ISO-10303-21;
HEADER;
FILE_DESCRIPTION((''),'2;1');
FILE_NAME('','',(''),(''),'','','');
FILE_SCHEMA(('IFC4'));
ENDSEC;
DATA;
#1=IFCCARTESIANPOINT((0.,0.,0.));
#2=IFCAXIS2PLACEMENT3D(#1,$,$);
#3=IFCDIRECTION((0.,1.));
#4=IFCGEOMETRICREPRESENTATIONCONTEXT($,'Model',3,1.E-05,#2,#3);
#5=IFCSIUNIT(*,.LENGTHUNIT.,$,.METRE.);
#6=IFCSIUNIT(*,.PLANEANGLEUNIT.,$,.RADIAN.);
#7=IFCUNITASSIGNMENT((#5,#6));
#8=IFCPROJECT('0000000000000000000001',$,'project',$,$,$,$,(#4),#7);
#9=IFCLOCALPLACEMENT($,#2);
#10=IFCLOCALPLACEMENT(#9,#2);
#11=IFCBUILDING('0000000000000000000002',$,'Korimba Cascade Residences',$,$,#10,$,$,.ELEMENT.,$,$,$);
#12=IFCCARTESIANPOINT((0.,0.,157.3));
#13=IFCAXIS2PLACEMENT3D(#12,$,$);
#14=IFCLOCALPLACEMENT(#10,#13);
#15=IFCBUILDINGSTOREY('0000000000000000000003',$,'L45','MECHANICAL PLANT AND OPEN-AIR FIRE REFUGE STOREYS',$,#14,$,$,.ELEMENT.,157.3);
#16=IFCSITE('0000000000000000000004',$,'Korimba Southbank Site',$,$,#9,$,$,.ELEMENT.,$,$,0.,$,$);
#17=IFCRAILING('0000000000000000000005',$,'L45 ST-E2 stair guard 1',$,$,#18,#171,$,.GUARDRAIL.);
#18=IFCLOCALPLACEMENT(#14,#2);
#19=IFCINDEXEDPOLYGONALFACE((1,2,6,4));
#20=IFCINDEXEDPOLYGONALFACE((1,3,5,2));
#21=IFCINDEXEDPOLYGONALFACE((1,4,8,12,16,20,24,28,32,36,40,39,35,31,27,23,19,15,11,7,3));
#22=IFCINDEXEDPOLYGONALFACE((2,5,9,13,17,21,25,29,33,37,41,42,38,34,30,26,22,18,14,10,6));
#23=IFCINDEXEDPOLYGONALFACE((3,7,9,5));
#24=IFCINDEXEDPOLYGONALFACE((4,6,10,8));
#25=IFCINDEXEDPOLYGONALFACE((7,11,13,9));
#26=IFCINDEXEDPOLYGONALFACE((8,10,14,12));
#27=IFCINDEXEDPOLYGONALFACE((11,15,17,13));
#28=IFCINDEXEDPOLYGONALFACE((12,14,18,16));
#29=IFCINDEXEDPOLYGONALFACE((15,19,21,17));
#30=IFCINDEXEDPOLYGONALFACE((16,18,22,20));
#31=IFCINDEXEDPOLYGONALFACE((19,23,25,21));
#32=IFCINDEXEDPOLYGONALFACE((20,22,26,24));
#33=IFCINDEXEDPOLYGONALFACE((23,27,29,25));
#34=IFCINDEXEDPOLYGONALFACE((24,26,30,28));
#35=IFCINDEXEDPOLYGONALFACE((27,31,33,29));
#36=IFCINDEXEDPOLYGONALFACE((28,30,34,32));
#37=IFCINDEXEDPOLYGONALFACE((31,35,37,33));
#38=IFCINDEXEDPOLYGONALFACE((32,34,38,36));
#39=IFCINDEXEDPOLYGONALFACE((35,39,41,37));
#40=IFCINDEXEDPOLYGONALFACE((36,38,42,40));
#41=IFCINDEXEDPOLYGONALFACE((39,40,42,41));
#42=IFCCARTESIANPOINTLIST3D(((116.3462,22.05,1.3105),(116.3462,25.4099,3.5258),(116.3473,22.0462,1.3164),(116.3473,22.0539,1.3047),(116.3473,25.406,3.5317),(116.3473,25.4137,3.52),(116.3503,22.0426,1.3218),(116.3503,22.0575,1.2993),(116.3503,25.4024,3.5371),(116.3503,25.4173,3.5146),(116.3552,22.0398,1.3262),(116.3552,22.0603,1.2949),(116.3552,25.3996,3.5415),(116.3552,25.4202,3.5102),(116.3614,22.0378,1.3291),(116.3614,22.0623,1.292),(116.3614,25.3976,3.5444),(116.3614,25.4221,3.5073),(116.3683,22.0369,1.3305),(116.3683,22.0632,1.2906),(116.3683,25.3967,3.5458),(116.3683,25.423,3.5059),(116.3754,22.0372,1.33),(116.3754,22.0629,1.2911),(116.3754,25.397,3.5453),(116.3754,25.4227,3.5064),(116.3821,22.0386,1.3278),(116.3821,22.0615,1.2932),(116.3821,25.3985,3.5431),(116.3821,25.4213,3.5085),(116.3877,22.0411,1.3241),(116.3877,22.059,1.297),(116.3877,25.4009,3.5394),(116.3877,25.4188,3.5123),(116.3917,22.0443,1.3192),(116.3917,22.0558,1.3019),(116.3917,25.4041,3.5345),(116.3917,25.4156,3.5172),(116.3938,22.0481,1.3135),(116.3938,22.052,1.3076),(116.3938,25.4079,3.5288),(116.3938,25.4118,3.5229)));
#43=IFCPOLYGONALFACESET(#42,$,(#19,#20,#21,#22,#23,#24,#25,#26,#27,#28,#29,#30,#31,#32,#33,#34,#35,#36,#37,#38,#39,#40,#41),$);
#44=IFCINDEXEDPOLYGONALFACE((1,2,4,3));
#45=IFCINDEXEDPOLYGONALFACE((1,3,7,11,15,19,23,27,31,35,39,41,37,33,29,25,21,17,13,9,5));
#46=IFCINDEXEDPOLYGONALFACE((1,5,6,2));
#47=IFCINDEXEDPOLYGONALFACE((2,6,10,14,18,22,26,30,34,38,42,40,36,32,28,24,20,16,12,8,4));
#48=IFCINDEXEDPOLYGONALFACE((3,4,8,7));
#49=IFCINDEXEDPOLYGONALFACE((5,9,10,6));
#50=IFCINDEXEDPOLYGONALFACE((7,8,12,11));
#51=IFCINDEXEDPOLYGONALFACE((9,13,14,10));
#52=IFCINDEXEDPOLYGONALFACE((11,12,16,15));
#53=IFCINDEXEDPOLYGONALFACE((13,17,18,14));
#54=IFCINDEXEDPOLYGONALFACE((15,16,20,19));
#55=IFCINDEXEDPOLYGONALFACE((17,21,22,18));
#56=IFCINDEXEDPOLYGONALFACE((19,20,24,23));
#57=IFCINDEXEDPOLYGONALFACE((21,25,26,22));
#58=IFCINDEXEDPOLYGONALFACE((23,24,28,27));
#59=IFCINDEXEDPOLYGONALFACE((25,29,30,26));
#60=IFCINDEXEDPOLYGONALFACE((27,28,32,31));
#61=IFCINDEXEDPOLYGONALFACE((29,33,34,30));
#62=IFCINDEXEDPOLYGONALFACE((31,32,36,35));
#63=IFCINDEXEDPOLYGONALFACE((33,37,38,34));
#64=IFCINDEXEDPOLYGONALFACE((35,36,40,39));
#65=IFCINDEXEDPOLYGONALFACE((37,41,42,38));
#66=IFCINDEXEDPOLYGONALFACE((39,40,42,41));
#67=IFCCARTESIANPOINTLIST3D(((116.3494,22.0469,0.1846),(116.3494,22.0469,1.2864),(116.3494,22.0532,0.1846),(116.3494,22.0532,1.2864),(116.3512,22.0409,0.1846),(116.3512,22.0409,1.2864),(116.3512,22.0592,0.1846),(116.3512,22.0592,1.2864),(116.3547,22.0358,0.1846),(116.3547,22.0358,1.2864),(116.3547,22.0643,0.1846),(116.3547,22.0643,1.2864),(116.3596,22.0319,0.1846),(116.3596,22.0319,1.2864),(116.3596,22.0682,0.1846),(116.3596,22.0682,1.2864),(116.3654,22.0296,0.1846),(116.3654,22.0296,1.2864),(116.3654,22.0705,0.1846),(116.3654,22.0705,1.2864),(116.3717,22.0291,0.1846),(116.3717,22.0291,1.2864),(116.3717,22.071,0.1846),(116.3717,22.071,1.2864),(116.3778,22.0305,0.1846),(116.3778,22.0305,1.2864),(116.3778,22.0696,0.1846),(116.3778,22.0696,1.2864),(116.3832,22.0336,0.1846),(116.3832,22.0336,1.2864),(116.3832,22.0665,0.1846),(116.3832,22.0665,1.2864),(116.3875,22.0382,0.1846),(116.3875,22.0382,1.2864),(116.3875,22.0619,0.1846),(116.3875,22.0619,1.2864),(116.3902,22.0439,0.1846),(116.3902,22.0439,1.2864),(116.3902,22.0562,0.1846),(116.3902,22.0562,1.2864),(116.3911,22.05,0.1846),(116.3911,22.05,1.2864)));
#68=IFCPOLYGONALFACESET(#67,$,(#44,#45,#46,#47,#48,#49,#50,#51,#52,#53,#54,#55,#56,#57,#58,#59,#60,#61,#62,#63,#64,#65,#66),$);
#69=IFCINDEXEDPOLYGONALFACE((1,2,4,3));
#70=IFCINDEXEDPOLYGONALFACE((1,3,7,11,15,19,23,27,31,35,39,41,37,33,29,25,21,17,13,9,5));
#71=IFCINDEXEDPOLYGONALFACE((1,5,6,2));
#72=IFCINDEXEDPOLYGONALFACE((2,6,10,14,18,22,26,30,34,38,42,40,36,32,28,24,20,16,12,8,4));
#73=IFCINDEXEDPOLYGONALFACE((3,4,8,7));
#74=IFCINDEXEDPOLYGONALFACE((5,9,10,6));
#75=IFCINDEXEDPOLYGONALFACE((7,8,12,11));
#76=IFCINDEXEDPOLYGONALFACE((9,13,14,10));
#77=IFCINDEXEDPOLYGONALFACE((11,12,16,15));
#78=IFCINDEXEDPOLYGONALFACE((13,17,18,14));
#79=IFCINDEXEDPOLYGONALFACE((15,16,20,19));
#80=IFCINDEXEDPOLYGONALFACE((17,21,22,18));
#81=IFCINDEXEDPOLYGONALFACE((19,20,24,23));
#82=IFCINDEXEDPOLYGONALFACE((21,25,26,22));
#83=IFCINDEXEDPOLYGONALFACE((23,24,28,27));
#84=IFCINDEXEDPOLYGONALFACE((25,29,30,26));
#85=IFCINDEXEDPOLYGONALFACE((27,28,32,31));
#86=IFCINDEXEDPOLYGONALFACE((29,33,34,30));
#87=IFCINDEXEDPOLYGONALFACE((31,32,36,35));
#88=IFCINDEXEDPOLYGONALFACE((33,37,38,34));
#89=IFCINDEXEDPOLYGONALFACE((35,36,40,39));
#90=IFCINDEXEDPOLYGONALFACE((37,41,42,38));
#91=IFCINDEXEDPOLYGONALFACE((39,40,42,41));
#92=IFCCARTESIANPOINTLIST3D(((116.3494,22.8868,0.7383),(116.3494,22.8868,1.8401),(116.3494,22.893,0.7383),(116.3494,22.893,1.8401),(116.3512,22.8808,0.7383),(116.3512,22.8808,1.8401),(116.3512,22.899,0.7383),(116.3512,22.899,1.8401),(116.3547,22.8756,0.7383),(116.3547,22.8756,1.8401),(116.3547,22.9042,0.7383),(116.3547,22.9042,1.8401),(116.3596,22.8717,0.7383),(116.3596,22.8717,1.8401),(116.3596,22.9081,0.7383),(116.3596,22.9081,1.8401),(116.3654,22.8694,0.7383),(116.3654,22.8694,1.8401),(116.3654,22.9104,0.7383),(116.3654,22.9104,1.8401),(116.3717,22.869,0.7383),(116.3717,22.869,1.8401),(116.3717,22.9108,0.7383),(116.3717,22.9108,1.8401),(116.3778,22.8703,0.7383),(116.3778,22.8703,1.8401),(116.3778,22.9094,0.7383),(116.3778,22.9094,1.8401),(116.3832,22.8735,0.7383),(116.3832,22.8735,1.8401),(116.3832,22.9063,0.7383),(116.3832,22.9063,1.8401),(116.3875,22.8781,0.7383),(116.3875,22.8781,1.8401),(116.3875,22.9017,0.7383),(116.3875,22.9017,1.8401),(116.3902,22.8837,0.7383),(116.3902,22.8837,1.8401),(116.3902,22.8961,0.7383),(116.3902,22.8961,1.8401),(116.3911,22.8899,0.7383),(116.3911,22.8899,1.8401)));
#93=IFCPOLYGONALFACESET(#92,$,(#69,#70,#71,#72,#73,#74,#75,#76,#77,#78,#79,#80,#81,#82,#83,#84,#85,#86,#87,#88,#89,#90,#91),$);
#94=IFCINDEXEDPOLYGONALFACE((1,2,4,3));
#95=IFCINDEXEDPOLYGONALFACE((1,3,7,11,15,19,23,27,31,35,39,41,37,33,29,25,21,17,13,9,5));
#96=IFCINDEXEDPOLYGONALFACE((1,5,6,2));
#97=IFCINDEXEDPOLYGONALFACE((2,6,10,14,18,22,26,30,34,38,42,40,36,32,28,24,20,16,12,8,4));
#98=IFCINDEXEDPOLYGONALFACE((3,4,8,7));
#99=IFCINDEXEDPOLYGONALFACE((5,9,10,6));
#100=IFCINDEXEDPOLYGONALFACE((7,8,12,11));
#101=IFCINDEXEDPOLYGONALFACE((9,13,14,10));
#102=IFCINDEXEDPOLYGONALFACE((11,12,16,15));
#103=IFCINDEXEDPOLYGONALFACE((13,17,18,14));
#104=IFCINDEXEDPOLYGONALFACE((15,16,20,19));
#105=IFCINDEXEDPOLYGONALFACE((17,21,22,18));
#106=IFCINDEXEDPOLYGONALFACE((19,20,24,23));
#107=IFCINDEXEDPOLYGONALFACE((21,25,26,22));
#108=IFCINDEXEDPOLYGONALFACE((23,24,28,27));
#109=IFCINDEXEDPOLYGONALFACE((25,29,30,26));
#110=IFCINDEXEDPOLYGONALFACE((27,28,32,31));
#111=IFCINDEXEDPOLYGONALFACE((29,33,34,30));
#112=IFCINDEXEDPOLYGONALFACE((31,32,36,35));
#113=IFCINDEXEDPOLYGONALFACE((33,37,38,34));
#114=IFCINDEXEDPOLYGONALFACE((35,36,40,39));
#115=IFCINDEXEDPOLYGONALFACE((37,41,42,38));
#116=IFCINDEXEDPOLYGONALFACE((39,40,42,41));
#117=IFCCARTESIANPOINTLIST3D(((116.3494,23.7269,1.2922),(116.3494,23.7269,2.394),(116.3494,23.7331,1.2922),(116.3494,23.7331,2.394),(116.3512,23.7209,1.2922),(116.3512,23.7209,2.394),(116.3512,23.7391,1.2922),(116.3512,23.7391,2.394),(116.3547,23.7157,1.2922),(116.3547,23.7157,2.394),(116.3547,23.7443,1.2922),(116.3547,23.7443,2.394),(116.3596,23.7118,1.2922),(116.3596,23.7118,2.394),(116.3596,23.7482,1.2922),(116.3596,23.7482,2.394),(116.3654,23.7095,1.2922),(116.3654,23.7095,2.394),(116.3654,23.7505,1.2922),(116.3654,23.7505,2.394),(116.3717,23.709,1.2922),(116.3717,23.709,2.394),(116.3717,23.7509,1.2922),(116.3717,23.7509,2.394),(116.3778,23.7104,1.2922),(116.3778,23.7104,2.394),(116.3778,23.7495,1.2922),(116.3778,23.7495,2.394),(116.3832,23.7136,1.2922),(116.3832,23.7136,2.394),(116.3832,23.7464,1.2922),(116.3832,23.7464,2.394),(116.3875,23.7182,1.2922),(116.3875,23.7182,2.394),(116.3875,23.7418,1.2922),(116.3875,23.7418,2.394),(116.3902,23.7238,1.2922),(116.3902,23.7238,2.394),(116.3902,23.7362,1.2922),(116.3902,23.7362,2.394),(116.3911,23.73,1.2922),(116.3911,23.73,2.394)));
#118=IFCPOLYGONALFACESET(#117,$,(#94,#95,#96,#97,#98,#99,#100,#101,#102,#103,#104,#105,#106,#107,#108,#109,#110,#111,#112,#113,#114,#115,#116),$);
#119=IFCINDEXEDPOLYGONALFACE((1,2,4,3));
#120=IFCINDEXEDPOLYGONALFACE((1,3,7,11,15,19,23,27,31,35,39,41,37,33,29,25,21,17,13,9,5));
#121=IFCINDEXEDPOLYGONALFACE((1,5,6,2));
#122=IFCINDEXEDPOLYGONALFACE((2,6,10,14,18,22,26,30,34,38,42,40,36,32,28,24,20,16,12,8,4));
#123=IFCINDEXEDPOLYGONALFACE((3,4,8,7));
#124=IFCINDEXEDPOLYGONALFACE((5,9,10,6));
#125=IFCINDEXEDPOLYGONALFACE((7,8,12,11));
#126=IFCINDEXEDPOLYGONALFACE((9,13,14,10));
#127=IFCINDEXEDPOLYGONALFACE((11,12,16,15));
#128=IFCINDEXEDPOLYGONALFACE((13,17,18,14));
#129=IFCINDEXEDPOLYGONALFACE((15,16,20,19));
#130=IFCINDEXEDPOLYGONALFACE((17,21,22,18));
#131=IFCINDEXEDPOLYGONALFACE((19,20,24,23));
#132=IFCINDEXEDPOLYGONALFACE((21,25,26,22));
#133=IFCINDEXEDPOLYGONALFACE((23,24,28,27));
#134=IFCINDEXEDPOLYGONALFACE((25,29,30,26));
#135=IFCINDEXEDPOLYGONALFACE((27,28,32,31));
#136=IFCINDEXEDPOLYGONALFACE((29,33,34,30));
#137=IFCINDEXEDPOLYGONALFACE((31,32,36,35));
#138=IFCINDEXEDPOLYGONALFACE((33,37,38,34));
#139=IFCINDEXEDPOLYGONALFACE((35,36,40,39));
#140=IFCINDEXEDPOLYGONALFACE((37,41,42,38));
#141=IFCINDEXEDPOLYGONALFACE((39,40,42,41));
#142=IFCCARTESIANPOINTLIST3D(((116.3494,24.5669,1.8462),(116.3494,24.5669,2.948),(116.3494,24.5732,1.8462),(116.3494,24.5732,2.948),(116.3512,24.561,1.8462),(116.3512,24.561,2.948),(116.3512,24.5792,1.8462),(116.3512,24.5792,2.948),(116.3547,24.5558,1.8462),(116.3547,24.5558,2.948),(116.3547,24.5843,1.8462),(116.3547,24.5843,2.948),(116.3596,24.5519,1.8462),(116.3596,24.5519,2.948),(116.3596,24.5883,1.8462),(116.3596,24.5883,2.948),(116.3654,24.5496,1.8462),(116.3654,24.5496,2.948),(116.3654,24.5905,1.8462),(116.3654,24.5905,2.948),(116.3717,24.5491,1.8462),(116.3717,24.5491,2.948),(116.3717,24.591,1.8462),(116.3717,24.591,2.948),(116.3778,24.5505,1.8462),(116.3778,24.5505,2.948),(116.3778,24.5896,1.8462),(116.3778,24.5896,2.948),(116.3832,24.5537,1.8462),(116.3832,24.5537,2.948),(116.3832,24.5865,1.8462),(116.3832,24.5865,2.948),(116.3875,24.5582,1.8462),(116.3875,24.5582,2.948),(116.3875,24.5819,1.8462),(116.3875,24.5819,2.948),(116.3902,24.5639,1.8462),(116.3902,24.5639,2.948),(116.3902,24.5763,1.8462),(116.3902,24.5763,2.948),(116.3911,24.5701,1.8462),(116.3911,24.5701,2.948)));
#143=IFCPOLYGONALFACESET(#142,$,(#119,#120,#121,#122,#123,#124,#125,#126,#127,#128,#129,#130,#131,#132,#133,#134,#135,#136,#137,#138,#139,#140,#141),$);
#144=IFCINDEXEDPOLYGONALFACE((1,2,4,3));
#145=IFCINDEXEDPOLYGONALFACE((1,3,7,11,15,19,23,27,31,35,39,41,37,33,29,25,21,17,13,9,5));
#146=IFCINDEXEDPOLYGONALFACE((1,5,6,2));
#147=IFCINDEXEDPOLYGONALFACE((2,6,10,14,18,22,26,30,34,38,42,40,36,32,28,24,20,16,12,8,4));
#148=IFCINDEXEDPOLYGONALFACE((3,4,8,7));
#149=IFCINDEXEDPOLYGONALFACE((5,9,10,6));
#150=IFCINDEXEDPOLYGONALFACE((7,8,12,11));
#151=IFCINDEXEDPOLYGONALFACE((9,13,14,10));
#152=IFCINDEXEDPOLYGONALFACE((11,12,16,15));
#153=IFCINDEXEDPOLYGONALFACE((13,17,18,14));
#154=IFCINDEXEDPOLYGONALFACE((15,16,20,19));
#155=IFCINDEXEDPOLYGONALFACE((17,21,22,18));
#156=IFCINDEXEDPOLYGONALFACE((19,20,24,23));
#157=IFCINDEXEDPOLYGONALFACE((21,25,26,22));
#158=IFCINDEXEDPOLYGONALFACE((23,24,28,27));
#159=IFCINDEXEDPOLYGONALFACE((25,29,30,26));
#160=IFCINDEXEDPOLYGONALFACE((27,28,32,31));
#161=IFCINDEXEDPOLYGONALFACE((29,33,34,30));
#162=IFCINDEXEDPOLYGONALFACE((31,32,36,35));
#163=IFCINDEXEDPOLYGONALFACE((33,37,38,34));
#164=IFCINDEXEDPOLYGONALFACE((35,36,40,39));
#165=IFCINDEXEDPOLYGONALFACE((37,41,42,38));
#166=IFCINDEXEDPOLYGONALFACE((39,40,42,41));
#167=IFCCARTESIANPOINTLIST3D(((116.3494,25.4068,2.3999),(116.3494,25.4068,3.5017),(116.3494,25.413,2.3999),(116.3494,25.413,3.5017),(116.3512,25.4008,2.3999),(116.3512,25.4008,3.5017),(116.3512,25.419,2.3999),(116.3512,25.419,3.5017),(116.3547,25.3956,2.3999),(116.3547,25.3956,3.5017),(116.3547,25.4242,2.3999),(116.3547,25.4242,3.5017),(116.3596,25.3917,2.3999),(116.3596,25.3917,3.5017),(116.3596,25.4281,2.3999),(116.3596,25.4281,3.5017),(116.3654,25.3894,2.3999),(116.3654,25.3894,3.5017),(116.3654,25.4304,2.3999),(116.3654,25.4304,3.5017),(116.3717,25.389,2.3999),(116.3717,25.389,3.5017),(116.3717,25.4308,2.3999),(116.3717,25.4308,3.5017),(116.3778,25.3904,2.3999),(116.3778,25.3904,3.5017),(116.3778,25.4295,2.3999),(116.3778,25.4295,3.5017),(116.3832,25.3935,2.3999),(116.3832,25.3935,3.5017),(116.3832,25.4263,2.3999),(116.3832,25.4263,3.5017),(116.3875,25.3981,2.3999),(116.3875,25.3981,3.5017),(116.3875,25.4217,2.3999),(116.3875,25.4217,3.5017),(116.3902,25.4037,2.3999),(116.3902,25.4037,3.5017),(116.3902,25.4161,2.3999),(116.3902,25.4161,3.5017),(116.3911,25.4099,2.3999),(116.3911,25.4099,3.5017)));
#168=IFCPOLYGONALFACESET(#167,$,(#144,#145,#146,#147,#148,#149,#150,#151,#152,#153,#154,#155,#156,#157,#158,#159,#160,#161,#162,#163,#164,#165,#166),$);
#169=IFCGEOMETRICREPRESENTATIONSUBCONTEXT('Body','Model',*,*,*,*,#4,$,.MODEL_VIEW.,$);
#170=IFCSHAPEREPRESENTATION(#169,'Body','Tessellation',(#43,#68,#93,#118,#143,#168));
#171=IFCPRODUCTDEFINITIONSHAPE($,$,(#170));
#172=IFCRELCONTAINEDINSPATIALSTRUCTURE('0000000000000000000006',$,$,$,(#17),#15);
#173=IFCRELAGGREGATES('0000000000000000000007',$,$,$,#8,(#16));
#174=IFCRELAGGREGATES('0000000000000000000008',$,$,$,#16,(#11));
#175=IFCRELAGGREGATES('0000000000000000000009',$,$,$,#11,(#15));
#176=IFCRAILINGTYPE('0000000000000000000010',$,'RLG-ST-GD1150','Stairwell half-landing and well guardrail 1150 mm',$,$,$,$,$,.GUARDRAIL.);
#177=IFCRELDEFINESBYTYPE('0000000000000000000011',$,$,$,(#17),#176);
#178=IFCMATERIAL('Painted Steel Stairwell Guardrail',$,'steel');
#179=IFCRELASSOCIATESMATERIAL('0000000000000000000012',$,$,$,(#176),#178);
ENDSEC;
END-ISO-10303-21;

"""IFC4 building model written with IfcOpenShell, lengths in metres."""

from ifc_helpers import new_model, si_unit, direction, frame, origin, origin_2d, place, context, subcontext, project, spatial, circle, extrude, material, type_object, element, save


model = new_model("IFC4")

# Units and contexts
model_context = context("Model", 3, precision=1e-05, world=origin(), true_north=direction((0.0, 1.0)))
body_context = subcontext(model_context, "Body", "Model", "MODEL_VIEW")
ifc_project = project(units=[si_unit("LENGTHUNIT", "METRE"), si_unit("PLANEANGLEUNIT", "RADIAN")], contexts=[model_context])

# Site, building, storey
site_placement = place(None, origin())
site = spatial("IfcSite", under=ifc_project, at=site_placement, Name="Korimba Southbank Site", CompositionType="ELEMENT", RefElevation=0.0)
building_placement = place(site_placement, origin())
building = spatial("IfcBuilding", under=site, at=building_placement, Name="Korimba Cascade Residences", CompositionType="ELEMENT")
storey_placement = place(building_placement, frame((0.0, 0.0, 157.3)))
storey = spatial("IfcBuildingStorey", under=building, at=storey_placement, Name="L45", Description="MECHANICAL PLANT AND OPEN-AIR FIRE REFUGE STOREYS", CompositionType="ELEMENT", Elevation=157.3)

# Railing
ifc_material_1 = material(Name="Painted Steel Stairwell Guardrail", Category="steel")
railing_type_1 = type_object("IfcRailingType", Name="RLG-ST-GD1150", Description="Stairwell half-landing and well guardrail 1150 mm", PredefinedType="GUARDRAIL", material=ifc_material_1)
railing_1_placement = place(storey_placement, frame((116.3701, 22.05, 0.1846)))
element("IfcRailing", 1, at=railing_1_placement, inside=storey, type_object=railing_type_1, Name="L45 ST-E2 stair guard 1", PredefinedType="GUARDRAIL", context=body_context, shape_type="SweptSolid", body=[
    extrude(circle(Radius=0.0239, at=origin_2d()), frame((0.0, 0.0, 1.126), z_axis=(0.0, 0.834858, 0.550465), x_axis=(-1.0, 0.0, 0.0)), (0.0, 0.0, 1.0), 4.0244),
    extrude(circle(Radius=0.021, at=origin_2d()), origin(), (0.0, 0.0, 1.0), 1.1018),
    extrude(circle(Radius=0.021, at=origin_2d()), frame((0.0, 0.8398, 0.5537)), (0.0, 0.0, 1.0), 1.1018),
    extrude(circle(Radius=0.021, at=origin_2d()), frame((0.0, 1.6799, 1.1077)), (0.0, 0.0, 1.0), 1.1018),
    extrude(circle(Radius=0.021, at=origin_2d()), frame((0.0, 2.52, 1.6616)), (0.0, 0.0, 1.0), 1.1018),
    extrude(circle(Radius=0.021, at=origin_2d()), frame((0.0, 3.3599, 2.2153)), (0.0, 0.0, 1.0), 1.1018),
])

save(model, "model.ifc")
